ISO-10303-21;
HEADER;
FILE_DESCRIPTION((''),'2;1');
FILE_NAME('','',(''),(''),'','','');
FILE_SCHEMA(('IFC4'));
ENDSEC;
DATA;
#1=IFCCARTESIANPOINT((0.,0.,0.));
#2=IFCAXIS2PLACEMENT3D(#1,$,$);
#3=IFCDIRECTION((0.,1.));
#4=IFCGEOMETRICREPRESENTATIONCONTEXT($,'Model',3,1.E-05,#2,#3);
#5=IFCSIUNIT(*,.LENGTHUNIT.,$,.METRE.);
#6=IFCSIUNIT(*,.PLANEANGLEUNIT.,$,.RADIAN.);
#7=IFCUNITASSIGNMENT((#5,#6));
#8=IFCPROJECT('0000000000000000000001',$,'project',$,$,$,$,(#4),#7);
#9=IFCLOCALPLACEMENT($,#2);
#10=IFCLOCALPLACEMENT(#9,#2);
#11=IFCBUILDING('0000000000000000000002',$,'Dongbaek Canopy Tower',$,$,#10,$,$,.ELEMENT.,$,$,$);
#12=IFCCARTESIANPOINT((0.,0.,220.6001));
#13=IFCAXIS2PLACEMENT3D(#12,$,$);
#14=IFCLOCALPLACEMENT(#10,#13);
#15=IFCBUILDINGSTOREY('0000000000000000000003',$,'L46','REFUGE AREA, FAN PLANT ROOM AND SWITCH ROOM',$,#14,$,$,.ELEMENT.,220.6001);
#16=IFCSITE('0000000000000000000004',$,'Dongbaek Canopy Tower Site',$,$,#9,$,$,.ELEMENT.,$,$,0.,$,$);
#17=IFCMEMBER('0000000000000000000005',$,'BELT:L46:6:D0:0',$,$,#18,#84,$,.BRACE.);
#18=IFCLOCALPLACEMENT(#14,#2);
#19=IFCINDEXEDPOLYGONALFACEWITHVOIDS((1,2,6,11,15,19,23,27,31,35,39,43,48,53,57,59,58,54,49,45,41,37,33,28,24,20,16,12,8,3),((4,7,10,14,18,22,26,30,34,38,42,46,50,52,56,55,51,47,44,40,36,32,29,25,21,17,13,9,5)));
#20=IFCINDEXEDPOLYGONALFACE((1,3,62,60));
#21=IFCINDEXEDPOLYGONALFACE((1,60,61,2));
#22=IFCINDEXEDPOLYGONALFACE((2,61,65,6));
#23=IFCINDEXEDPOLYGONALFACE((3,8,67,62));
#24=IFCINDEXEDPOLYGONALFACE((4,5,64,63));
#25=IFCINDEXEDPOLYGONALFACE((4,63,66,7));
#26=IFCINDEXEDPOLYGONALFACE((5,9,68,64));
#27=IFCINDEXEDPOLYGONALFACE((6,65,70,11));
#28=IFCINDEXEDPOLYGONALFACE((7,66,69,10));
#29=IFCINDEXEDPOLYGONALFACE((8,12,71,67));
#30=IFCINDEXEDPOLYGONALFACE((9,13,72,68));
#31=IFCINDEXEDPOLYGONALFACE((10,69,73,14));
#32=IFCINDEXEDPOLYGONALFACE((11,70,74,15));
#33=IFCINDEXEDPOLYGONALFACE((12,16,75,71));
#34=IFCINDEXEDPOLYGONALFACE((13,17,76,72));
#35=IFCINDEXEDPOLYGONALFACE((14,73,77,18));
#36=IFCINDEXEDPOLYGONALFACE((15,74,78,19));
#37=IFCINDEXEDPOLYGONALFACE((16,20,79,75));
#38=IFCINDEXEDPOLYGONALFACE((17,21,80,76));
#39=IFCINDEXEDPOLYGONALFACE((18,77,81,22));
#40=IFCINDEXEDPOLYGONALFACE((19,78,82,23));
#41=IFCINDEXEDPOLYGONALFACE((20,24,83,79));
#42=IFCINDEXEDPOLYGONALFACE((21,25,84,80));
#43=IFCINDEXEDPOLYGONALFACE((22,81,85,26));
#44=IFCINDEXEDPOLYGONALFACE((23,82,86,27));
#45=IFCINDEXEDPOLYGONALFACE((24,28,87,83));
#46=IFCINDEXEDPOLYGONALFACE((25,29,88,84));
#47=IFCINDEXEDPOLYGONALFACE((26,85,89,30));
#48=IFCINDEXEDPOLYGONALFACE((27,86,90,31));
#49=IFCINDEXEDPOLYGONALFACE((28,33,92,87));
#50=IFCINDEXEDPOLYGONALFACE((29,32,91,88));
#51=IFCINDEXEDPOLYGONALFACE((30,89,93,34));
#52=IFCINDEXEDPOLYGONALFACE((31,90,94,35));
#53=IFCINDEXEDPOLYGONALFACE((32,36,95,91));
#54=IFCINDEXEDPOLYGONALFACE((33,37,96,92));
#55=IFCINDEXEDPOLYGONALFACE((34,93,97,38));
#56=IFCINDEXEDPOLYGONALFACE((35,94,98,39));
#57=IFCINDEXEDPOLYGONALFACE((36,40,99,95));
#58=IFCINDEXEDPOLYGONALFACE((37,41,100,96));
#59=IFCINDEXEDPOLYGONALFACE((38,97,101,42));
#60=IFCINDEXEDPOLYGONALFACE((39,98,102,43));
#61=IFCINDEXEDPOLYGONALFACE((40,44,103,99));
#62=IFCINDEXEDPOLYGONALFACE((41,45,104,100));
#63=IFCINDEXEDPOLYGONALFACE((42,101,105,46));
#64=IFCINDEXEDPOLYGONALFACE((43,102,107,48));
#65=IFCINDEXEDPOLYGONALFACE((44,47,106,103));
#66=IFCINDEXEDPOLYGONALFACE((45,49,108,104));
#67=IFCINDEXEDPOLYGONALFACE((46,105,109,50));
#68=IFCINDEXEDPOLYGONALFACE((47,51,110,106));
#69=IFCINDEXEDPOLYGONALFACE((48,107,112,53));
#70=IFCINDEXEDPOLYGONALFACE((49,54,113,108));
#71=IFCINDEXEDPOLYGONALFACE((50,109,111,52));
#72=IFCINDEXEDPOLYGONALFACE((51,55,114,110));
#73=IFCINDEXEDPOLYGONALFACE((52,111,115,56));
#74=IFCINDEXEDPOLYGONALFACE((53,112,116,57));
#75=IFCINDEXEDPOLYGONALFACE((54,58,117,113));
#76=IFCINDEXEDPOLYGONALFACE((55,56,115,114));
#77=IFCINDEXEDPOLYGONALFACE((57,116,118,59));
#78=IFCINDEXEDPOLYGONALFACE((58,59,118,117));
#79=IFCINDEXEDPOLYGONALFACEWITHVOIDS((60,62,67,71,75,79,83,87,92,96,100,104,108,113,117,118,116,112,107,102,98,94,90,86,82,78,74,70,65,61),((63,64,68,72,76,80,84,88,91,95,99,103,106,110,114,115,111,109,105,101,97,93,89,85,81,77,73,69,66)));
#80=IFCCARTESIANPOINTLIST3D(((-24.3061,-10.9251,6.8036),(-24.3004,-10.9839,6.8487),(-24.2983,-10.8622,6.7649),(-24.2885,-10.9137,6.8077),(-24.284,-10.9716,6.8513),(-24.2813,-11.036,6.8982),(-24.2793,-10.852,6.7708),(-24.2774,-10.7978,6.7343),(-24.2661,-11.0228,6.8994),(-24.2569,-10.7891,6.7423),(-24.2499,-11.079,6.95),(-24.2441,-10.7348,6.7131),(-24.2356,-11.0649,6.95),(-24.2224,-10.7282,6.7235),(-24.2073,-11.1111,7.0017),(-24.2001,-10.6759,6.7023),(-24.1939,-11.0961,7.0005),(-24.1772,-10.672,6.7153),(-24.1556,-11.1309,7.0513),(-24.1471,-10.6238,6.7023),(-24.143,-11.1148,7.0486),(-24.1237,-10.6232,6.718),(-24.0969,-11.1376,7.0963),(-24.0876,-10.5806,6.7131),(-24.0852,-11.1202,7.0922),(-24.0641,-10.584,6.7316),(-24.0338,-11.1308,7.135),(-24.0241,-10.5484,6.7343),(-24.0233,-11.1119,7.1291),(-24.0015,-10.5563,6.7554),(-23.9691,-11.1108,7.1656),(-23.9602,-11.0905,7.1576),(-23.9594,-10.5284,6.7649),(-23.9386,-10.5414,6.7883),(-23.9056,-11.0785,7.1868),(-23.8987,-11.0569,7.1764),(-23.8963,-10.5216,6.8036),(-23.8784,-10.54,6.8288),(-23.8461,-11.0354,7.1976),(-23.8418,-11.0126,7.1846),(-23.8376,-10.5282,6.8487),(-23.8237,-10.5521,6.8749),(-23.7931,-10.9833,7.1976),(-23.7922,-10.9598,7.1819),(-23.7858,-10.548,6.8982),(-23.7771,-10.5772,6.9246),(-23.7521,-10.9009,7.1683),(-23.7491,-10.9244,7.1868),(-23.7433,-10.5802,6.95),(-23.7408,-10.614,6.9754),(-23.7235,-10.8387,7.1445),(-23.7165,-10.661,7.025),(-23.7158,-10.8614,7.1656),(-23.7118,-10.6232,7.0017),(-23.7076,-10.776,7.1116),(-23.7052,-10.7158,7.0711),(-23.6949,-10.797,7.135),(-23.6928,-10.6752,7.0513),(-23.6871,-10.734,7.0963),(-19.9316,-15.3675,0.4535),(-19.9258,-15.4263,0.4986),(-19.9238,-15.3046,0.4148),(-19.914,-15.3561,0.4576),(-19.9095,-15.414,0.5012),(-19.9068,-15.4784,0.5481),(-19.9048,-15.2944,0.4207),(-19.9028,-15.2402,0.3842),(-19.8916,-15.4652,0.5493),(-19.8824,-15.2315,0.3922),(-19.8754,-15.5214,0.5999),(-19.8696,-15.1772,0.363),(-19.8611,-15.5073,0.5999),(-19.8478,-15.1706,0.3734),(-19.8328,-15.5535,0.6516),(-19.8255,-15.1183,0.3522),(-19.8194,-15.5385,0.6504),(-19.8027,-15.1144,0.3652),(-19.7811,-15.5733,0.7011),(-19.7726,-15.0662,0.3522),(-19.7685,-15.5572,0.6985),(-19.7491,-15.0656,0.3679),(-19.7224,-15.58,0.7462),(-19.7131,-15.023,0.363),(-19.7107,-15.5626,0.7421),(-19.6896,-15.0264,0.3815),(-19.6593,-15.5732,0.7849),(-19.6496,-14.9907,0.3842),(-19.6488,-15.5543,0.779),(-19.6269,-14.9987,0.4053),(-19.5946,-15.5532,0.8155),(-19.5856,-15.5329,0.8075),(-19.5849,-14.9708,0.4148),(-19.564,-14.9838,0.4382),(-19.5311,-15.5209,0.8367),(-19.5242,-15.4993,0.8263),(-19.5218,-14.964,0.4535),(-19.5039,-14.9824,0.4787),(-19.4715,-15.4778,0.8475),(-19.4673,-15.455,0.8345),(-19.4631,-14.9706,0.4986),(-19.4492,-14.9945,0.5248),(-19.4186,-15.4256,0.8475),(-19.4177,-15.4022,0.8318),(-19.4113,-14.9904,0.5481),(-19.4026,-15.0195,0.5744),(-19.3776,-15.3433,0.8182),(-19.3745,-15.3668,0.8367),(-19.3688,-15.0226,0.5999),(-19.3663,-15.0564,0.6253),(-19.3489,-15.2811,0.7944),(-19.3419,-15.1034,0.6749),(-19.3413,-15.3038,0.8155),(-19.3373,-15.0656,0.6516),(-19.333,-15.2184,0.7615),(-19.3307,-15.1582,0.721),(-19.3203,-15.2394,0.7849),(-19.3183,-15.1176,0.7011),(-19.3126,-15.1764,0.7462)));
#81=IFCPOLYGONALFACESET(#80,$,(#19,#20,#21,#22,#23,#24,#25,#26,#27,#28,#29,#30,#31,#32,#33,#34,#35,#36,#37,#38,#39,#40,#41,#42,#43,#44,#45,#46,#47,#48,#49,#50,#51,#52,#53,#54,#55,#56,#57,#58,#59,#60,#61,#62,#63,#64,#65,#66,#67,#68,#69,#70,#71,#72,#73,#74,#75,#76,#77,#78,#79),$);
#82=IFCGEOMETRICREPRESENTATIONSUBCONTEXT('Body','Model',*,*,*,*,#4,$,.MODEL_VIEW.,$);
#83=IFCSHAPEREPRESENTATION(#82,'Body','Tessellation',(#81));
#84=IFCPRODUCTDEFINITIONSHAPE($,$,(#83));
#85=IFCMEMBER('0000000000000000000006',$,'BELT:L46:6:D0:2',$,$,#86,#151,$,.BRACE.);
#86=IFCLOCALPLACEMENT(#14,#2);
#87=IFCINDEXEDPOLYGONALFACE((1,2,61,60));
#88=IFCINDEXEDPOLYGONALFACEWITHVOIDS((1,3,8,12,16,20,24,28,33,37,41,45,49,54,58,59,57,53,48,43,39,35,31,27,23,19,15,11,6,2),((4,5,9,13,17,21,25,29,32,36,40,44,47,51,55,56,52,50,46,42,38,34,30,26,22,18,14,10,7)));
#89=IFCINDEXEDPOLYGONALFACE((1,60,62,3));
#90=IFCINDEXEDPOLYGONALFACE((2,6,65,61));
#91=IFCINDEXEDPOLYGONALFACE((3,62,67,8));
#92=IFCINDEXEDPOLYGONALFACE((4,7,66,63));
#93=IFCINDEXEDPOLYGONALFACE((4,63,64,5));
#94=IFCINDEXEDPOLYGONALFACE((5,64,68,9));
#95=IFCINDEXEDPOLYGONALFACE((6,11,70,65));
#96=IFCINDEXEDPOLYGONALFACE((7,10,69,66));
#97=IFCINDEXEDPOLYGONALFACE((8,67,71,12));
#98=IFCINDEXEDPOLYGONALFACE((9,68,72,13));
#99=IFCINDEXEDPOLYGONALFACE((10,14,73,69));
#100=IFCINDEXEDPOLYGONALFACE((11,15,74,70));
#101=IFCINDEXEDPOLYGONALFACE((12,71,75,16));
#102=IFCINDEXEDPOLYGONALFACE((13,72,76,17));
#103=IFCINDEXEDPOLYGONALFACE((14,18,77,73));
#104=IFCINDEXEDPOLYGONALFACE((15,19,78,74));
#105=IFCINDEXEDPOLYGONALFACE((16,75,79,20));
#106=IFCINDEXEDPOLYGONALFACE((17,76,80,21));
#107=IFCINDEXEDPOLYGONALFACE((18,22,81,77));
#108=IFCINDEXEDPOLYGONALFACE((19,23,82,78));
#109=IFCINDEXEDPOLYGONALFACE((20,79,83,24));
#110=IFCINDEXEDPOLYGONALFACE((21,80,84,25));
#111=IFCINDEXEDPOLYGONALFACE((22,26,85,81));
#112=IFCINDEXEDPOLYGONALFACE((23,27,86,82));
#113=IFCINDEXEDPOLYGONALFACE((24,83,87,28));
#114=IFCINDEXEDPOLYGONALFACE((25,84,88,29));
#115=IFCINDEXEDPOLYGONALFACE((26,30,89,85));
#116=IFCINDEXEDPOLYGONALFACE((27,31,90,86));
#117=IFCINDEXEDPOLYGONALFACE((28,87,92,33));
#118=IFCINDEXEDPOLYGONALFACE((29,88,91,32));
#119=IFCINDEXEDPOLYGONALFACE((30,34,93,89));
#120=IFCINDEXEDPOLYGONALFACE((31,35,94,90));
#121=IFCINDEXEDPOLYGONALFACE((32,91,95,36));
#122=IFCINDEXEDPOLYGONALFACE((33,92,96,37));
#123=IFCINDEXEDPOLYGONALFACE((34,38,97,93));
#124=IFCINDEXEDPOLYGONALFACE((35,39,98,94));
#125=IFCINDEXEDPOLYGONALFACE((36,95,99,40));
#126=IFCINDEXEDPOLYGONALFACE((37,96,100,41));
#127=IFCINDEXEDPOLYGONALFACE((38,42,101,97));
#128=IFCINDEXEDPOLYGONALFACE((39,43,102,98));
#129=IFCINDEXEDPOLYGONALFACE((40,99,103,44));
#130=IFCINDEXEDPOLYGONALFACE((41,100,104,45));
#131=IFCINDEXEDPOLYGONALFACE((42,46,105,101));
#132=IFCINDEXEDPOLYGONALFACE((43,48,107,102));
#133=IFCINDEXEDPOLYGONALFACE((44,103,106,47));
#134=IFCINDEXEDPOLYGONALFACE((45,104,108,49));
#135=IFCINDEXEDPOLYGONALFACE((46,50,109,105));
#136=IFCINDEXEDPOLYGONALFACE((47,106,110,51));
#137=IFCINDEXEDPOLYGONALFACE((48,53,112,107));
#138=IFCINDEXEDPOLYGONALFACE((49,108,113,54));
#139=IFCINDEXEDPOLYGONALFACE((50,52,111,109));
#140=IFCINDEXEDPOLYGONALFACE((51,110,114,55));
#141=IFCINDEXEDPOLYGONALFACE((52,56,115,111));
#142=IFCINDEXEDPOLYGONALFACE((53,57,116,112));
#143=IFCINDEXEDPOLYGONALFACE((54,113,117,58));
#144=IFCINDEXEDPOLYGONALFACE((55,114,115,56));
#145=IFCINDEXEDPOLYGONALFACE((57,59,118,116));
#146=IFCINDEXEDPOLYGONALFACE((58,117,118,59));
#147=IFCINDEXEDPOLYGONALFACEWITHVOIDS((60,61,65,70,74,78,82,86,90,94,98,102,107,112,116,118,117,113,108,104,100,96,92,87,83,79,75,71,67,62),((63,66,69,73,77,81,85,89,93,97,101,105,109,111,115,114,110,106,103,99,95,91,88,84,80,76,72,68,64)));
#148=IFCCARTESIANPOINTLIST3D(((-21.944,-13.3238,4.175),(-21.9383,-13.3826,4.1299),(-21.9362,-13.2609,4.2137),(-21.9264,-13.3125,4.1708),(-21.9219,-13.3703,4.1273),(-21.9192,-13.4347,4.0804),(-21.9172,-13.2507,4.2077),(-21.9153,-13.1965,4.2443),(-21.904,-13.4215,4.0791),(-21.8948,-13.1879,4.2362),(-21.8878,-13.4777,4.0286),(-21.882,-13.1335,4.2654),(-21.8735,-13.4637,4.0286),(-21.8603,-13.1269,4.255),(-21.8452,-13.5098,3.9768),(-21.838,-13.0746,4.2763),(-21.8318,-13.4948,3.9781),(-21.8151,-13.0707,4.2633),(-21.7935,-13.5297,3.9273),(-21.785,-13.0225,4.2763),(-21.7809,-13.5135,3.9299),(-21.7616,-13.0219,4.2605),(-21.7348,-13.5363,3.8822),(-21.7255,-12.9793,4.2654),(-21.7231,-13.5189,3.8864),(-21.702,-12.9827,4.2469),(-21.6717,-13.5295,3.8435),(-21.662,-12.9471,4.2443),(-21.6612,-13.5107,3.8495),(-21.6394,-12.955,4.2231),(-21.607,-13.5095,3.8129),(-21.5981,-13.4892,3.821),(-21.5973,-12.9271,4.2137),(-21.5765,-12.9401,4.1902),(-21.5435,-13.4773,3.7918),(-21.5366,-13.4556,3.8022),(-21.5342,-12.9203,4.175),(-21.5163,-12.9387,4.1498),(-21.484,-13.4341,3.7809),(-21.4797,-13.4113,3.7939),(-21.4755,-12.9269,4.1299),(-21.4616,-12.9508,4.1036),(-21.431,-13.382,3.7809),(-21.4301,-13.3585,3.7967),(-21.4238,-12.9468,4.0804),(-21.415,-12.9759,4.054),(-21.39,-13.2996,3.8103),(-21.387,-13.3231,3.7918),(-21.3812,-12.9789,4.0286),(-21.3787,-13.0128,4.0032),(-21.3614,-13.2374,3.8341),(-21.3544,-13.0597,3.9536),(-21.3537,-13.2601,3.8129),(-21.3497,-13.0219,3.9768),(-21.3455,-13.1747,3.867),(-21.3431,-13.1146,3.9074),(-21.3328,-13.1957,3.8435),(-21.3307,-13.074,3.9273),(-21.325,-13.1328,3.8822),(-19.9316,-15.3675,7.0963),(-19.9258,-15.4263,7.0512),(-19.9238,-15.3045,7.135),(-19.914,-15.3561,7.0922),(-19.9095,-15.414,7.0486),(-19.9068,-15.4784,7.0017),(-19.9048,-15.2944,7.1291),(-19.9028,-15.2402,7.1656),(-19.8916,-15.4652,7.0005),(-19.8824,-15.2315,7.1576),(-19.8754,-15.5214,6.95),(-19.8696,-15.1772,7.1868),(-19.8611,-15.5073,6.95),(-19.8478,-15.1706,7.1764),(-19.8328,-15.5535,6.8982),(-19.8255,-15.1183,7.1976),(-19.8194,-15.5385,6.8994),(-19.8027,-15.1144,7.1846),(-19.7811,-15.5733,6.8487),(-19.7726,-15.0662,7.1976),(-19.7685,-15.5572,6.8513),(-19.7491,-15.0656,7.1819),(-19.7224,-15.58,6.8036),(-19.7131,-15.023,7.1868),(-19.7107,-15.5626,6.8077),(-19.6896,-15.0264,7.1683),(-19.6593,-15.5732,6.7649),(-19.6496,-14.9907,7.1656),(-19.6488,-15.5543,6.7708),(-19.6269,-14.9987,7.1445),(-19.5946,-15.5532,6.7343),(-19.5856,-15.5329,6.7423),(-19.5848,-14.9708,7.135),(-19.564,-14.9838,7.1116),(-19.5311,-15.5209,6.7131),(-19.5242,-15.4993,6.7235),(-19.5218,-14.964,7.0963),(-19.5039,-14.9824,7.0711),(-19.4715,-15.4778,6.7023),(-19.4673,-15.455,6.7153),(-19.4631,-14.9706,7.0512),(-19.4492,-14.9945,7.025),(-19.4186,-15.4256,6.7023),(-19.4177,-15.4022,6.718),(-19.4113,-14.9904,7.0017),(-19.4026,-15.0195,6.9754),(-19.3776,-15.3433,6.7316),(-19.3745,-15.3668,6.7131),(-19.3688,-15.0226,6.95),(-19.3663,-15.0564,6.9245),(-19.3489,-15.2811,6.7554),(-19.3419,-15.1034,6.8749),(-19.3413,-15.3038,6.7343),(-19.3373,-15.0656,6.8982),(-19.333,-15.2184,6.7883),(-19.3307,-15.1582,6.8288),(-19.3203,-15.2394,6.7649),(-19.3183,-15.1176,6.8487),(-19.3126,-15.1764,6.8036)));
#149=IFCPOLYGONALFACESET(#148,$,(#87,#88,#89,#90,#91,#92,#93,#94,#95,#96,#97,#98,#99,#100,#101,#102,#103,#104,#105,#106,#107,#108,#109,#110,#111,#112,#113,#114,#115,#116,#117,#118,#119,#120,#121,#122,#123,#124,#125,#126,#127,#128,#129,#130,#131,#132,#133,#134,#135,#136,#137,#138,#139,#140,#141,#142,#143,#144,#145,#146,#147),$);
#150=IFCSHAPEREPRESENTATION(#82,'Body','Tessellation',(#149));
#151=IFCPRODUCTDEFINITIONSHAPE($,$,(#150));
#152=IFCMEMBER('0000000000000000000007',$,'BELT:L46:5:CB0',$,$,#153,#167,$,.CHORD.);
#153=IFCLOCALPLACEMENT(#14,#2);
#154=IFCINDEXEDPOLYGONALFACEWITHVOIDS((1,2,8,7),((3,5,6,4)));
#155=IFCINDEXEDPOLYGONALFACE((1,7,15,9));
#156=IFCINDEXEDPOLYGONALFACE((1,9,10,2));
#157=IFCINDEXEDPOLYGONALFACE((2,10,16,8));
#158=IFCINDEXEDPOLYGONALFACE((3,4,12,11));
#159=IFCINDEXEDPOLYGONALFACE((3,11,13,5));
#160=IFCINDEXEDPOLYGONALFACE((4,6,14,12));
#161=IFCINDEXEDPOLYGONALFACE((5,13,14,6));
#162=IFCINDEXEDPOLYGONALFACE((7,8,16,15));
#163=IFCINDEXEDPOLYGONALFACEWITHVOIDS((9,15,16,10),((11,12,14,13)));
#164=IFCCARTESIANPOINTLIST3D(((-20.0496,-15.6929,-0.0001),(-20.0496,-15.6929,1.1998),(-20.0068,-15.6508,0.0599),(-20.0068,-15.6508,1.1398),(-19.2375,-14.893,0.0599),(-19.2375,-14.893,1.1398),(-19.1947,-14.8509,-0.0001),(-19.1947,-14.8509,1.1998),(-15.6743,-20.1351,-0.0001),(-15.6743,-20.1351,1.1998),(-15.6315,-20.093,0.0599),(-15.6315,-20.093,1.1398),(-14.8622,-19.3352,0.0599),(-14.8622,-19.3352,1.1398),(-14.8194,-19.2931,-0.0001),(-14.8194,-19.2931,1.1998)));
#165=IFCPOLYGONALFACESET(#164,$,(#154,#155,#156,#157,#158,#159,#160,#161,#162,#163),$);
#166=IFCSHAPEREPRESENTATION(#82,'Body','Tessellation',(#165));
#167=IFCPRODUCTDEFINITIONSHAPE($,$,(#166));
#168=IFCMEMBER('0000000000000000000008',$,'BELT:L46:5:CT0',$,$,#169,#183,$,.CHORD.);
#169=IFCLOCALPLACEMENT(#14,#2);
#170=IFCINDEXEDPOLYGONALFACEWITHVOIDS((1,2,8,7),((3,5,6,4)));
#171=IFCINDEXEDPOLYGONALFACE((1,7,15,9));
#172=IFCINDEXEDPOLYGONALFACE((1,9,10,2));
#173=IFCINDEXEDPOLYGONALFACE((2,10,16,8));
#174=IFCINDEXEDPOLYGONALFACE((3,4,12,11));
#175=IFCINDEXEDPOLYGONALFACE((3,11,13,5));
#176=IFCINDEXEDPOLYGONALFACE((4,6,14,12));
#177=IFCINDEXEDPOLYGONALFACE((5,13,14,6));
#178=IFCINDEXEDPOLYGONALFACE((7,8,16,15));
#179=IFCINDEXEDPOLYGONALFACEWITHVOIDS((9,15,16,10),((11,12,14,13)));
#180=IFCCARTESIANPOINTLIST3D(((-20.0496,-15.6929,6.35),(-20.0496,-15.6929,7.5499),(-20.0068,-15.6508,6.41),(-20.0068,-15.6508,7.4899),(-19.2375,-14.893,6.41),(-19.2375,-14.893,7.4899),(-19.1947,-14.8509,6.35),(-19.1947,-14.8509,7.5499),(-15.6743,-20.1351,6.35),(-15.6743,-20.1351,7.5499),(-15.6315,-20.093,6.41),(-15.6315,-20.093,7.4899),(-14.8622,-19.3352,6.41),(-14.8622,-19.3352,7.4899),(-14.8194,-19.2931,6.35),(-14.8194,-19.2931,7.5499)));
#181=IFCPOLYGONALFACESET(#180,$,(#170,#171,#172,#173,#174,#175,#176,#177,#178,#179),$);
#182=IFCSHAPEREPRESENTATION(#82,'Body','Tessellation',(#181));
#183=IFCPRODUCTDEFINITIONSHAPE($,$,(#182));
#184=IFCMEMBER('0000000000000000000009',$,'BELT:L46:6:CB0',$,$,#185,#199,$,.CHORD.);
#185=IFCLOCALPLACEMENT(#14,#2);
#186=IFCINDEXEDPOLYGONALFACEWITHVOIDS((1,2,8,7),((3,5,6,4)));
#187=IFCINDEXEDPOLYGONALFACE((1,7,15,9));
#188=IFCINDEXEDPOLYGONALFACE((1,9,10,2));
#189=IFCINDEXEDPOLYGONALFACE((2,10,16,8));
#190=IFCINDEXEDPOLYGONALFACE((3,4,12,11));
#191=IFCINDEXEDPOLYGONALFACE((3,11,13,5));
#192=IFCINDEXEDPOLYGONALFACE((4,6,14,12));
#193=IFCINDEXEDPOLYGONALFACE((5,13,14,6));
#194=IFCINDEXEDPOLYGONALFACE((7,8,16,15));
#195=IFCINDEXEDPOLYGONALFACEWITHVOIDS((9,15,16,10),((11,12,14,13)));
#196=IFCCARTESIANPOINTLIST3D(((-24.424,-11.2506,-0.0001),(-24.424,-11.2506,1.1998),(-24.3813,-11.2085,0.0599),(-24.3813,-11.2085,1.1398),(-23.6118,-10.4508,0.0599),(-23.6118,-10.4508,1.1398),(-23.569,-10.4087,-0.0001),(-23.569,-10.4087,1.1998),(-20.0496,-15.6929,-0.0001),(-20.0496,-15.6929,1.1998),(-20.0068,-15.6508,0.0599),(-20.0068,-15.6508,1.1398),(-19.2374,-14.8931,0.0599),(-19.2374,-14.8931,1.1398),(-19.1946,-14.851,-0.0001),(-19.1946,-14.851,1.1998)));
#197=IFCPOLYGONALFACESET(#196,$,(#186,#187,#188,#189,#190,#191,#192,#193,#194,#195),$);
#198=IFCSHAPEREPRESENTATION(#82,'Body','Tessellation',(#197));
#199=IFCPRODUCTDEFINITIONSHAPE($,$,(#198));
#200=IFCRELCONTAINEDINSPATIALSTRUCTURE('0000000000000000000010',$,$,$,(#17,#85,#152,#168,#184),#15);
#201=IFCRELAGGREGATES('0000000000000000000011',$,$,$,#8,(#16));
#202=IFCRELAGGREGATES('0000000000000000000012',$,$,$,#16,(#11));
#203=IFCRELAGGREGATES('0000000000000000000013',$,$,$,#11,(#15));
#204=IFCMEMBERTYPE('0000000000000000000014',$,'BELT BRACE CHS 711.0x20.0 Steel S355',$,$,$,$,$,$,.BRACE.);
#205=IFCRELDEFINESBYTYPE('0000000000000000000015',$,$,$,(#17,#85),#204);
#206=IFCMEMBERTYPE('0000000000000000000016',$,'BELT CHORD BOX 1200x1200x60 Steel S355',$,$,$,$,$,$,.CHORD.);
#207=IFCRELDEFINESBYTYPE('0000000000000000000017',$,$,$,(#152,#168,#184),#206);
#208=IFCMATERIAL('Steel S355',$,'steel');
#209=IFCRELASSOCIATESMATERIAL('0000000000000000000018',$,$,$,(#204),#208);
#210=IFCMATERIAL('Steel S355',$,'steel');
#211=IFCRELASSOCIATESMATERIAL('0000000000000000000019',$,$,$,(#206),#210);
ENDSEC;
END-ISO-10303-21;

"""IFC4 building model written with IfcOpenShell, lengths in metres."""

from ifc_helpers import new_model, si_unit, direction, frame, origin, origin_2d, place, context, subcontext, project, spatial, hollow_rectangle, hollow_circle, extrude, material, material_profile, profile_set, type_object, element, save


model = new_model("IFC4")

# Units and contexts
model_context = context("Model", 3, precision=1e-05, world=origin(), true_north=direction((0.0, 1.0)))
body_context = subcontext(model_context, "Body", "Model", "MODEL_VIEW")
ifc_project = project(units=[si_unit("LENGTHUNIT", "METRE"), si_unit("PLANEANGLEUNIT", "RADIAN")], contexts=[model_context])

# Site, building, storey
site_placement = place(None, origin())
site = spatial("IfcSite", under=ifc_project, at=site_placement, Name="Dongbaek Canopy Tower Site", CompositionType="ELEMENT", RefElevation=0.0)
building_placement = place(site_placement, origin())
building = spatial("IfcBuilding", under=site, at=building_placement, Name="Dongbaek Canopy Tower", CompositionType="ELEMENT")
storey_placement = place(building_placement, frame((0.0, 0.0, 220.6001)))
storey = spatial("IfcBuildingStorey", under=building, at=storey_placement, Name="L46", Description="REFUGE AREA, FAN PLANT ROOM AND SWITCH ROOM", CompositionType="ELEMENT", Elevation=220.6001)

# Members
ifc_material_1 = material(Name="Steel S355", Category="steel")
ifc_material_profile_1 = material_profile(ifc_material_1, hollow_circle(Radius=0.3555, WallThickness=0.02, at=origin_2d()), Name="BELT BRACE CHS 711.0x20.0 Steel S355")
ifc_profile_set_1 = profile_set([ifc_material_profile_1], Name="Steel S355")
member_type_1 = type_object("IfcMemberType", Name="BELT BRACE CHS 711.0x20.0 Steel S355", PredefinedType="BRACE", material=ifc_profile_set_1)
member_1_placement = place(storey_placement, frame((-19.6221, -15.272, 0.5999), z_axis=(-0.491565, 0.499192, 0.713562), x_axis=(-0.712529, -0.701643, 0.0)))
element("IfcMember", 1, at=member_1_placement, inside=storey, type_object=member_type_1, Name="BELT:L46:6:D0:0", PredefinedType="BRACE", context=body_context, shape_type="SweptSolid", body=[
    extrude(hollow_circle(Radius=0.3555, WallThickness=0.02, at=origin_2d()), origin(), (0.0, 0.0, 1.0), 8.8992),
])
member_2_placement = place(storey_placement, frame((-19.6221, -15.272, 6.95), z_axis=(-0.491556, 0.499189, -0.71357), x_axis=(-0.712533, -0.701638, 0.0)))
element("IfcMember", 2, at=member_2_placement, inside=storey, type_object=member_type_1, Name="BELT:L46:6:D0:2", PredefinedType="BRACE", context=body_context, shape_type="SweptSolid", body=[
    extrude(hollow_circle(Radius=0.3555, WallThickness=0.02, at=origin_2d()), origin(), (0.0, 0.0, 1.0), 4.094),
])
ifc_material_2 = material(Name="Steel S355", Category="steel")
ifc_material_profile_2 = material_profile(ifc_material_2, hollow_rectangle(XDim=1.2, YDim=1.2, WallThickness=0.0601, at=origin_2d()), Name="BELT CHORD BOX 1200x1200x60 Steel S355")
ifc_profile_set_2 = profile_set([ifc_material_profile_2], Name="Steel S355")
member_type_2 = type_object("IfcMemberType", Name="BELT CHORD BOX 1200x1200x60 Steel S355", PredefinedType="CHORD", material=ifc_profile_set_2)
for number, where, z_axis, x_axis, name in (
    (3, (-15.2468, -19.7141, 0.5999), (-0.701722, 0.712451, 0.0), (-0.712451, -0.701722, 0.0), "BELT:L46:5:CB0"),
    (4, (-15.2468, -19.7141, 6.95), (-0.701722, 0.712451, 0.0), (-0.712451, -0.701722, 0.0), "BELT:L46:5:CT0"),
):
    element("IfcMember", number, at=place(storey_placement, frame(where, z_axis=z_axis, x_axis=x_axis)), inside=storey, type_object=member_type_2, Name=name, PredefinedType="CHORD", context=body_context, shape_type="SweptSolid", body=[
        extrude(hollow_rectangle(XDim=1.2, YDim=1.2, WallThickness=0.0601, at=origin_2d()), origin(), (0.0, 0.0, 1.0), 6.2351),
    ])
for number, where, z_axis, x_axis, name in (
    (5, (-19.6221, -15.272, 0.5999), (-0.701643, 0.712529, 0.0), (-0.712529, -0.701643, 0.0), "BELT:L46:6:CB0"),
):
    element("IfcMember", number, at=place(storey_placement, frame(where, z_axis=z_axis, x_axis=x_axis)), inside=storey, type_object=member_type_2, Name=name, PredefinedType="CHORD", context=body_context, shape_type="SweptSolid", body=[
        extrude(hollow_rectangle(XDim=1.2, YDim=1.2, WallThickness=0.0601, at=origin_2d()), origin(), (0.0, 0.0, 1.0), 6.2346),
    ])

save(model, "model.ifc")
